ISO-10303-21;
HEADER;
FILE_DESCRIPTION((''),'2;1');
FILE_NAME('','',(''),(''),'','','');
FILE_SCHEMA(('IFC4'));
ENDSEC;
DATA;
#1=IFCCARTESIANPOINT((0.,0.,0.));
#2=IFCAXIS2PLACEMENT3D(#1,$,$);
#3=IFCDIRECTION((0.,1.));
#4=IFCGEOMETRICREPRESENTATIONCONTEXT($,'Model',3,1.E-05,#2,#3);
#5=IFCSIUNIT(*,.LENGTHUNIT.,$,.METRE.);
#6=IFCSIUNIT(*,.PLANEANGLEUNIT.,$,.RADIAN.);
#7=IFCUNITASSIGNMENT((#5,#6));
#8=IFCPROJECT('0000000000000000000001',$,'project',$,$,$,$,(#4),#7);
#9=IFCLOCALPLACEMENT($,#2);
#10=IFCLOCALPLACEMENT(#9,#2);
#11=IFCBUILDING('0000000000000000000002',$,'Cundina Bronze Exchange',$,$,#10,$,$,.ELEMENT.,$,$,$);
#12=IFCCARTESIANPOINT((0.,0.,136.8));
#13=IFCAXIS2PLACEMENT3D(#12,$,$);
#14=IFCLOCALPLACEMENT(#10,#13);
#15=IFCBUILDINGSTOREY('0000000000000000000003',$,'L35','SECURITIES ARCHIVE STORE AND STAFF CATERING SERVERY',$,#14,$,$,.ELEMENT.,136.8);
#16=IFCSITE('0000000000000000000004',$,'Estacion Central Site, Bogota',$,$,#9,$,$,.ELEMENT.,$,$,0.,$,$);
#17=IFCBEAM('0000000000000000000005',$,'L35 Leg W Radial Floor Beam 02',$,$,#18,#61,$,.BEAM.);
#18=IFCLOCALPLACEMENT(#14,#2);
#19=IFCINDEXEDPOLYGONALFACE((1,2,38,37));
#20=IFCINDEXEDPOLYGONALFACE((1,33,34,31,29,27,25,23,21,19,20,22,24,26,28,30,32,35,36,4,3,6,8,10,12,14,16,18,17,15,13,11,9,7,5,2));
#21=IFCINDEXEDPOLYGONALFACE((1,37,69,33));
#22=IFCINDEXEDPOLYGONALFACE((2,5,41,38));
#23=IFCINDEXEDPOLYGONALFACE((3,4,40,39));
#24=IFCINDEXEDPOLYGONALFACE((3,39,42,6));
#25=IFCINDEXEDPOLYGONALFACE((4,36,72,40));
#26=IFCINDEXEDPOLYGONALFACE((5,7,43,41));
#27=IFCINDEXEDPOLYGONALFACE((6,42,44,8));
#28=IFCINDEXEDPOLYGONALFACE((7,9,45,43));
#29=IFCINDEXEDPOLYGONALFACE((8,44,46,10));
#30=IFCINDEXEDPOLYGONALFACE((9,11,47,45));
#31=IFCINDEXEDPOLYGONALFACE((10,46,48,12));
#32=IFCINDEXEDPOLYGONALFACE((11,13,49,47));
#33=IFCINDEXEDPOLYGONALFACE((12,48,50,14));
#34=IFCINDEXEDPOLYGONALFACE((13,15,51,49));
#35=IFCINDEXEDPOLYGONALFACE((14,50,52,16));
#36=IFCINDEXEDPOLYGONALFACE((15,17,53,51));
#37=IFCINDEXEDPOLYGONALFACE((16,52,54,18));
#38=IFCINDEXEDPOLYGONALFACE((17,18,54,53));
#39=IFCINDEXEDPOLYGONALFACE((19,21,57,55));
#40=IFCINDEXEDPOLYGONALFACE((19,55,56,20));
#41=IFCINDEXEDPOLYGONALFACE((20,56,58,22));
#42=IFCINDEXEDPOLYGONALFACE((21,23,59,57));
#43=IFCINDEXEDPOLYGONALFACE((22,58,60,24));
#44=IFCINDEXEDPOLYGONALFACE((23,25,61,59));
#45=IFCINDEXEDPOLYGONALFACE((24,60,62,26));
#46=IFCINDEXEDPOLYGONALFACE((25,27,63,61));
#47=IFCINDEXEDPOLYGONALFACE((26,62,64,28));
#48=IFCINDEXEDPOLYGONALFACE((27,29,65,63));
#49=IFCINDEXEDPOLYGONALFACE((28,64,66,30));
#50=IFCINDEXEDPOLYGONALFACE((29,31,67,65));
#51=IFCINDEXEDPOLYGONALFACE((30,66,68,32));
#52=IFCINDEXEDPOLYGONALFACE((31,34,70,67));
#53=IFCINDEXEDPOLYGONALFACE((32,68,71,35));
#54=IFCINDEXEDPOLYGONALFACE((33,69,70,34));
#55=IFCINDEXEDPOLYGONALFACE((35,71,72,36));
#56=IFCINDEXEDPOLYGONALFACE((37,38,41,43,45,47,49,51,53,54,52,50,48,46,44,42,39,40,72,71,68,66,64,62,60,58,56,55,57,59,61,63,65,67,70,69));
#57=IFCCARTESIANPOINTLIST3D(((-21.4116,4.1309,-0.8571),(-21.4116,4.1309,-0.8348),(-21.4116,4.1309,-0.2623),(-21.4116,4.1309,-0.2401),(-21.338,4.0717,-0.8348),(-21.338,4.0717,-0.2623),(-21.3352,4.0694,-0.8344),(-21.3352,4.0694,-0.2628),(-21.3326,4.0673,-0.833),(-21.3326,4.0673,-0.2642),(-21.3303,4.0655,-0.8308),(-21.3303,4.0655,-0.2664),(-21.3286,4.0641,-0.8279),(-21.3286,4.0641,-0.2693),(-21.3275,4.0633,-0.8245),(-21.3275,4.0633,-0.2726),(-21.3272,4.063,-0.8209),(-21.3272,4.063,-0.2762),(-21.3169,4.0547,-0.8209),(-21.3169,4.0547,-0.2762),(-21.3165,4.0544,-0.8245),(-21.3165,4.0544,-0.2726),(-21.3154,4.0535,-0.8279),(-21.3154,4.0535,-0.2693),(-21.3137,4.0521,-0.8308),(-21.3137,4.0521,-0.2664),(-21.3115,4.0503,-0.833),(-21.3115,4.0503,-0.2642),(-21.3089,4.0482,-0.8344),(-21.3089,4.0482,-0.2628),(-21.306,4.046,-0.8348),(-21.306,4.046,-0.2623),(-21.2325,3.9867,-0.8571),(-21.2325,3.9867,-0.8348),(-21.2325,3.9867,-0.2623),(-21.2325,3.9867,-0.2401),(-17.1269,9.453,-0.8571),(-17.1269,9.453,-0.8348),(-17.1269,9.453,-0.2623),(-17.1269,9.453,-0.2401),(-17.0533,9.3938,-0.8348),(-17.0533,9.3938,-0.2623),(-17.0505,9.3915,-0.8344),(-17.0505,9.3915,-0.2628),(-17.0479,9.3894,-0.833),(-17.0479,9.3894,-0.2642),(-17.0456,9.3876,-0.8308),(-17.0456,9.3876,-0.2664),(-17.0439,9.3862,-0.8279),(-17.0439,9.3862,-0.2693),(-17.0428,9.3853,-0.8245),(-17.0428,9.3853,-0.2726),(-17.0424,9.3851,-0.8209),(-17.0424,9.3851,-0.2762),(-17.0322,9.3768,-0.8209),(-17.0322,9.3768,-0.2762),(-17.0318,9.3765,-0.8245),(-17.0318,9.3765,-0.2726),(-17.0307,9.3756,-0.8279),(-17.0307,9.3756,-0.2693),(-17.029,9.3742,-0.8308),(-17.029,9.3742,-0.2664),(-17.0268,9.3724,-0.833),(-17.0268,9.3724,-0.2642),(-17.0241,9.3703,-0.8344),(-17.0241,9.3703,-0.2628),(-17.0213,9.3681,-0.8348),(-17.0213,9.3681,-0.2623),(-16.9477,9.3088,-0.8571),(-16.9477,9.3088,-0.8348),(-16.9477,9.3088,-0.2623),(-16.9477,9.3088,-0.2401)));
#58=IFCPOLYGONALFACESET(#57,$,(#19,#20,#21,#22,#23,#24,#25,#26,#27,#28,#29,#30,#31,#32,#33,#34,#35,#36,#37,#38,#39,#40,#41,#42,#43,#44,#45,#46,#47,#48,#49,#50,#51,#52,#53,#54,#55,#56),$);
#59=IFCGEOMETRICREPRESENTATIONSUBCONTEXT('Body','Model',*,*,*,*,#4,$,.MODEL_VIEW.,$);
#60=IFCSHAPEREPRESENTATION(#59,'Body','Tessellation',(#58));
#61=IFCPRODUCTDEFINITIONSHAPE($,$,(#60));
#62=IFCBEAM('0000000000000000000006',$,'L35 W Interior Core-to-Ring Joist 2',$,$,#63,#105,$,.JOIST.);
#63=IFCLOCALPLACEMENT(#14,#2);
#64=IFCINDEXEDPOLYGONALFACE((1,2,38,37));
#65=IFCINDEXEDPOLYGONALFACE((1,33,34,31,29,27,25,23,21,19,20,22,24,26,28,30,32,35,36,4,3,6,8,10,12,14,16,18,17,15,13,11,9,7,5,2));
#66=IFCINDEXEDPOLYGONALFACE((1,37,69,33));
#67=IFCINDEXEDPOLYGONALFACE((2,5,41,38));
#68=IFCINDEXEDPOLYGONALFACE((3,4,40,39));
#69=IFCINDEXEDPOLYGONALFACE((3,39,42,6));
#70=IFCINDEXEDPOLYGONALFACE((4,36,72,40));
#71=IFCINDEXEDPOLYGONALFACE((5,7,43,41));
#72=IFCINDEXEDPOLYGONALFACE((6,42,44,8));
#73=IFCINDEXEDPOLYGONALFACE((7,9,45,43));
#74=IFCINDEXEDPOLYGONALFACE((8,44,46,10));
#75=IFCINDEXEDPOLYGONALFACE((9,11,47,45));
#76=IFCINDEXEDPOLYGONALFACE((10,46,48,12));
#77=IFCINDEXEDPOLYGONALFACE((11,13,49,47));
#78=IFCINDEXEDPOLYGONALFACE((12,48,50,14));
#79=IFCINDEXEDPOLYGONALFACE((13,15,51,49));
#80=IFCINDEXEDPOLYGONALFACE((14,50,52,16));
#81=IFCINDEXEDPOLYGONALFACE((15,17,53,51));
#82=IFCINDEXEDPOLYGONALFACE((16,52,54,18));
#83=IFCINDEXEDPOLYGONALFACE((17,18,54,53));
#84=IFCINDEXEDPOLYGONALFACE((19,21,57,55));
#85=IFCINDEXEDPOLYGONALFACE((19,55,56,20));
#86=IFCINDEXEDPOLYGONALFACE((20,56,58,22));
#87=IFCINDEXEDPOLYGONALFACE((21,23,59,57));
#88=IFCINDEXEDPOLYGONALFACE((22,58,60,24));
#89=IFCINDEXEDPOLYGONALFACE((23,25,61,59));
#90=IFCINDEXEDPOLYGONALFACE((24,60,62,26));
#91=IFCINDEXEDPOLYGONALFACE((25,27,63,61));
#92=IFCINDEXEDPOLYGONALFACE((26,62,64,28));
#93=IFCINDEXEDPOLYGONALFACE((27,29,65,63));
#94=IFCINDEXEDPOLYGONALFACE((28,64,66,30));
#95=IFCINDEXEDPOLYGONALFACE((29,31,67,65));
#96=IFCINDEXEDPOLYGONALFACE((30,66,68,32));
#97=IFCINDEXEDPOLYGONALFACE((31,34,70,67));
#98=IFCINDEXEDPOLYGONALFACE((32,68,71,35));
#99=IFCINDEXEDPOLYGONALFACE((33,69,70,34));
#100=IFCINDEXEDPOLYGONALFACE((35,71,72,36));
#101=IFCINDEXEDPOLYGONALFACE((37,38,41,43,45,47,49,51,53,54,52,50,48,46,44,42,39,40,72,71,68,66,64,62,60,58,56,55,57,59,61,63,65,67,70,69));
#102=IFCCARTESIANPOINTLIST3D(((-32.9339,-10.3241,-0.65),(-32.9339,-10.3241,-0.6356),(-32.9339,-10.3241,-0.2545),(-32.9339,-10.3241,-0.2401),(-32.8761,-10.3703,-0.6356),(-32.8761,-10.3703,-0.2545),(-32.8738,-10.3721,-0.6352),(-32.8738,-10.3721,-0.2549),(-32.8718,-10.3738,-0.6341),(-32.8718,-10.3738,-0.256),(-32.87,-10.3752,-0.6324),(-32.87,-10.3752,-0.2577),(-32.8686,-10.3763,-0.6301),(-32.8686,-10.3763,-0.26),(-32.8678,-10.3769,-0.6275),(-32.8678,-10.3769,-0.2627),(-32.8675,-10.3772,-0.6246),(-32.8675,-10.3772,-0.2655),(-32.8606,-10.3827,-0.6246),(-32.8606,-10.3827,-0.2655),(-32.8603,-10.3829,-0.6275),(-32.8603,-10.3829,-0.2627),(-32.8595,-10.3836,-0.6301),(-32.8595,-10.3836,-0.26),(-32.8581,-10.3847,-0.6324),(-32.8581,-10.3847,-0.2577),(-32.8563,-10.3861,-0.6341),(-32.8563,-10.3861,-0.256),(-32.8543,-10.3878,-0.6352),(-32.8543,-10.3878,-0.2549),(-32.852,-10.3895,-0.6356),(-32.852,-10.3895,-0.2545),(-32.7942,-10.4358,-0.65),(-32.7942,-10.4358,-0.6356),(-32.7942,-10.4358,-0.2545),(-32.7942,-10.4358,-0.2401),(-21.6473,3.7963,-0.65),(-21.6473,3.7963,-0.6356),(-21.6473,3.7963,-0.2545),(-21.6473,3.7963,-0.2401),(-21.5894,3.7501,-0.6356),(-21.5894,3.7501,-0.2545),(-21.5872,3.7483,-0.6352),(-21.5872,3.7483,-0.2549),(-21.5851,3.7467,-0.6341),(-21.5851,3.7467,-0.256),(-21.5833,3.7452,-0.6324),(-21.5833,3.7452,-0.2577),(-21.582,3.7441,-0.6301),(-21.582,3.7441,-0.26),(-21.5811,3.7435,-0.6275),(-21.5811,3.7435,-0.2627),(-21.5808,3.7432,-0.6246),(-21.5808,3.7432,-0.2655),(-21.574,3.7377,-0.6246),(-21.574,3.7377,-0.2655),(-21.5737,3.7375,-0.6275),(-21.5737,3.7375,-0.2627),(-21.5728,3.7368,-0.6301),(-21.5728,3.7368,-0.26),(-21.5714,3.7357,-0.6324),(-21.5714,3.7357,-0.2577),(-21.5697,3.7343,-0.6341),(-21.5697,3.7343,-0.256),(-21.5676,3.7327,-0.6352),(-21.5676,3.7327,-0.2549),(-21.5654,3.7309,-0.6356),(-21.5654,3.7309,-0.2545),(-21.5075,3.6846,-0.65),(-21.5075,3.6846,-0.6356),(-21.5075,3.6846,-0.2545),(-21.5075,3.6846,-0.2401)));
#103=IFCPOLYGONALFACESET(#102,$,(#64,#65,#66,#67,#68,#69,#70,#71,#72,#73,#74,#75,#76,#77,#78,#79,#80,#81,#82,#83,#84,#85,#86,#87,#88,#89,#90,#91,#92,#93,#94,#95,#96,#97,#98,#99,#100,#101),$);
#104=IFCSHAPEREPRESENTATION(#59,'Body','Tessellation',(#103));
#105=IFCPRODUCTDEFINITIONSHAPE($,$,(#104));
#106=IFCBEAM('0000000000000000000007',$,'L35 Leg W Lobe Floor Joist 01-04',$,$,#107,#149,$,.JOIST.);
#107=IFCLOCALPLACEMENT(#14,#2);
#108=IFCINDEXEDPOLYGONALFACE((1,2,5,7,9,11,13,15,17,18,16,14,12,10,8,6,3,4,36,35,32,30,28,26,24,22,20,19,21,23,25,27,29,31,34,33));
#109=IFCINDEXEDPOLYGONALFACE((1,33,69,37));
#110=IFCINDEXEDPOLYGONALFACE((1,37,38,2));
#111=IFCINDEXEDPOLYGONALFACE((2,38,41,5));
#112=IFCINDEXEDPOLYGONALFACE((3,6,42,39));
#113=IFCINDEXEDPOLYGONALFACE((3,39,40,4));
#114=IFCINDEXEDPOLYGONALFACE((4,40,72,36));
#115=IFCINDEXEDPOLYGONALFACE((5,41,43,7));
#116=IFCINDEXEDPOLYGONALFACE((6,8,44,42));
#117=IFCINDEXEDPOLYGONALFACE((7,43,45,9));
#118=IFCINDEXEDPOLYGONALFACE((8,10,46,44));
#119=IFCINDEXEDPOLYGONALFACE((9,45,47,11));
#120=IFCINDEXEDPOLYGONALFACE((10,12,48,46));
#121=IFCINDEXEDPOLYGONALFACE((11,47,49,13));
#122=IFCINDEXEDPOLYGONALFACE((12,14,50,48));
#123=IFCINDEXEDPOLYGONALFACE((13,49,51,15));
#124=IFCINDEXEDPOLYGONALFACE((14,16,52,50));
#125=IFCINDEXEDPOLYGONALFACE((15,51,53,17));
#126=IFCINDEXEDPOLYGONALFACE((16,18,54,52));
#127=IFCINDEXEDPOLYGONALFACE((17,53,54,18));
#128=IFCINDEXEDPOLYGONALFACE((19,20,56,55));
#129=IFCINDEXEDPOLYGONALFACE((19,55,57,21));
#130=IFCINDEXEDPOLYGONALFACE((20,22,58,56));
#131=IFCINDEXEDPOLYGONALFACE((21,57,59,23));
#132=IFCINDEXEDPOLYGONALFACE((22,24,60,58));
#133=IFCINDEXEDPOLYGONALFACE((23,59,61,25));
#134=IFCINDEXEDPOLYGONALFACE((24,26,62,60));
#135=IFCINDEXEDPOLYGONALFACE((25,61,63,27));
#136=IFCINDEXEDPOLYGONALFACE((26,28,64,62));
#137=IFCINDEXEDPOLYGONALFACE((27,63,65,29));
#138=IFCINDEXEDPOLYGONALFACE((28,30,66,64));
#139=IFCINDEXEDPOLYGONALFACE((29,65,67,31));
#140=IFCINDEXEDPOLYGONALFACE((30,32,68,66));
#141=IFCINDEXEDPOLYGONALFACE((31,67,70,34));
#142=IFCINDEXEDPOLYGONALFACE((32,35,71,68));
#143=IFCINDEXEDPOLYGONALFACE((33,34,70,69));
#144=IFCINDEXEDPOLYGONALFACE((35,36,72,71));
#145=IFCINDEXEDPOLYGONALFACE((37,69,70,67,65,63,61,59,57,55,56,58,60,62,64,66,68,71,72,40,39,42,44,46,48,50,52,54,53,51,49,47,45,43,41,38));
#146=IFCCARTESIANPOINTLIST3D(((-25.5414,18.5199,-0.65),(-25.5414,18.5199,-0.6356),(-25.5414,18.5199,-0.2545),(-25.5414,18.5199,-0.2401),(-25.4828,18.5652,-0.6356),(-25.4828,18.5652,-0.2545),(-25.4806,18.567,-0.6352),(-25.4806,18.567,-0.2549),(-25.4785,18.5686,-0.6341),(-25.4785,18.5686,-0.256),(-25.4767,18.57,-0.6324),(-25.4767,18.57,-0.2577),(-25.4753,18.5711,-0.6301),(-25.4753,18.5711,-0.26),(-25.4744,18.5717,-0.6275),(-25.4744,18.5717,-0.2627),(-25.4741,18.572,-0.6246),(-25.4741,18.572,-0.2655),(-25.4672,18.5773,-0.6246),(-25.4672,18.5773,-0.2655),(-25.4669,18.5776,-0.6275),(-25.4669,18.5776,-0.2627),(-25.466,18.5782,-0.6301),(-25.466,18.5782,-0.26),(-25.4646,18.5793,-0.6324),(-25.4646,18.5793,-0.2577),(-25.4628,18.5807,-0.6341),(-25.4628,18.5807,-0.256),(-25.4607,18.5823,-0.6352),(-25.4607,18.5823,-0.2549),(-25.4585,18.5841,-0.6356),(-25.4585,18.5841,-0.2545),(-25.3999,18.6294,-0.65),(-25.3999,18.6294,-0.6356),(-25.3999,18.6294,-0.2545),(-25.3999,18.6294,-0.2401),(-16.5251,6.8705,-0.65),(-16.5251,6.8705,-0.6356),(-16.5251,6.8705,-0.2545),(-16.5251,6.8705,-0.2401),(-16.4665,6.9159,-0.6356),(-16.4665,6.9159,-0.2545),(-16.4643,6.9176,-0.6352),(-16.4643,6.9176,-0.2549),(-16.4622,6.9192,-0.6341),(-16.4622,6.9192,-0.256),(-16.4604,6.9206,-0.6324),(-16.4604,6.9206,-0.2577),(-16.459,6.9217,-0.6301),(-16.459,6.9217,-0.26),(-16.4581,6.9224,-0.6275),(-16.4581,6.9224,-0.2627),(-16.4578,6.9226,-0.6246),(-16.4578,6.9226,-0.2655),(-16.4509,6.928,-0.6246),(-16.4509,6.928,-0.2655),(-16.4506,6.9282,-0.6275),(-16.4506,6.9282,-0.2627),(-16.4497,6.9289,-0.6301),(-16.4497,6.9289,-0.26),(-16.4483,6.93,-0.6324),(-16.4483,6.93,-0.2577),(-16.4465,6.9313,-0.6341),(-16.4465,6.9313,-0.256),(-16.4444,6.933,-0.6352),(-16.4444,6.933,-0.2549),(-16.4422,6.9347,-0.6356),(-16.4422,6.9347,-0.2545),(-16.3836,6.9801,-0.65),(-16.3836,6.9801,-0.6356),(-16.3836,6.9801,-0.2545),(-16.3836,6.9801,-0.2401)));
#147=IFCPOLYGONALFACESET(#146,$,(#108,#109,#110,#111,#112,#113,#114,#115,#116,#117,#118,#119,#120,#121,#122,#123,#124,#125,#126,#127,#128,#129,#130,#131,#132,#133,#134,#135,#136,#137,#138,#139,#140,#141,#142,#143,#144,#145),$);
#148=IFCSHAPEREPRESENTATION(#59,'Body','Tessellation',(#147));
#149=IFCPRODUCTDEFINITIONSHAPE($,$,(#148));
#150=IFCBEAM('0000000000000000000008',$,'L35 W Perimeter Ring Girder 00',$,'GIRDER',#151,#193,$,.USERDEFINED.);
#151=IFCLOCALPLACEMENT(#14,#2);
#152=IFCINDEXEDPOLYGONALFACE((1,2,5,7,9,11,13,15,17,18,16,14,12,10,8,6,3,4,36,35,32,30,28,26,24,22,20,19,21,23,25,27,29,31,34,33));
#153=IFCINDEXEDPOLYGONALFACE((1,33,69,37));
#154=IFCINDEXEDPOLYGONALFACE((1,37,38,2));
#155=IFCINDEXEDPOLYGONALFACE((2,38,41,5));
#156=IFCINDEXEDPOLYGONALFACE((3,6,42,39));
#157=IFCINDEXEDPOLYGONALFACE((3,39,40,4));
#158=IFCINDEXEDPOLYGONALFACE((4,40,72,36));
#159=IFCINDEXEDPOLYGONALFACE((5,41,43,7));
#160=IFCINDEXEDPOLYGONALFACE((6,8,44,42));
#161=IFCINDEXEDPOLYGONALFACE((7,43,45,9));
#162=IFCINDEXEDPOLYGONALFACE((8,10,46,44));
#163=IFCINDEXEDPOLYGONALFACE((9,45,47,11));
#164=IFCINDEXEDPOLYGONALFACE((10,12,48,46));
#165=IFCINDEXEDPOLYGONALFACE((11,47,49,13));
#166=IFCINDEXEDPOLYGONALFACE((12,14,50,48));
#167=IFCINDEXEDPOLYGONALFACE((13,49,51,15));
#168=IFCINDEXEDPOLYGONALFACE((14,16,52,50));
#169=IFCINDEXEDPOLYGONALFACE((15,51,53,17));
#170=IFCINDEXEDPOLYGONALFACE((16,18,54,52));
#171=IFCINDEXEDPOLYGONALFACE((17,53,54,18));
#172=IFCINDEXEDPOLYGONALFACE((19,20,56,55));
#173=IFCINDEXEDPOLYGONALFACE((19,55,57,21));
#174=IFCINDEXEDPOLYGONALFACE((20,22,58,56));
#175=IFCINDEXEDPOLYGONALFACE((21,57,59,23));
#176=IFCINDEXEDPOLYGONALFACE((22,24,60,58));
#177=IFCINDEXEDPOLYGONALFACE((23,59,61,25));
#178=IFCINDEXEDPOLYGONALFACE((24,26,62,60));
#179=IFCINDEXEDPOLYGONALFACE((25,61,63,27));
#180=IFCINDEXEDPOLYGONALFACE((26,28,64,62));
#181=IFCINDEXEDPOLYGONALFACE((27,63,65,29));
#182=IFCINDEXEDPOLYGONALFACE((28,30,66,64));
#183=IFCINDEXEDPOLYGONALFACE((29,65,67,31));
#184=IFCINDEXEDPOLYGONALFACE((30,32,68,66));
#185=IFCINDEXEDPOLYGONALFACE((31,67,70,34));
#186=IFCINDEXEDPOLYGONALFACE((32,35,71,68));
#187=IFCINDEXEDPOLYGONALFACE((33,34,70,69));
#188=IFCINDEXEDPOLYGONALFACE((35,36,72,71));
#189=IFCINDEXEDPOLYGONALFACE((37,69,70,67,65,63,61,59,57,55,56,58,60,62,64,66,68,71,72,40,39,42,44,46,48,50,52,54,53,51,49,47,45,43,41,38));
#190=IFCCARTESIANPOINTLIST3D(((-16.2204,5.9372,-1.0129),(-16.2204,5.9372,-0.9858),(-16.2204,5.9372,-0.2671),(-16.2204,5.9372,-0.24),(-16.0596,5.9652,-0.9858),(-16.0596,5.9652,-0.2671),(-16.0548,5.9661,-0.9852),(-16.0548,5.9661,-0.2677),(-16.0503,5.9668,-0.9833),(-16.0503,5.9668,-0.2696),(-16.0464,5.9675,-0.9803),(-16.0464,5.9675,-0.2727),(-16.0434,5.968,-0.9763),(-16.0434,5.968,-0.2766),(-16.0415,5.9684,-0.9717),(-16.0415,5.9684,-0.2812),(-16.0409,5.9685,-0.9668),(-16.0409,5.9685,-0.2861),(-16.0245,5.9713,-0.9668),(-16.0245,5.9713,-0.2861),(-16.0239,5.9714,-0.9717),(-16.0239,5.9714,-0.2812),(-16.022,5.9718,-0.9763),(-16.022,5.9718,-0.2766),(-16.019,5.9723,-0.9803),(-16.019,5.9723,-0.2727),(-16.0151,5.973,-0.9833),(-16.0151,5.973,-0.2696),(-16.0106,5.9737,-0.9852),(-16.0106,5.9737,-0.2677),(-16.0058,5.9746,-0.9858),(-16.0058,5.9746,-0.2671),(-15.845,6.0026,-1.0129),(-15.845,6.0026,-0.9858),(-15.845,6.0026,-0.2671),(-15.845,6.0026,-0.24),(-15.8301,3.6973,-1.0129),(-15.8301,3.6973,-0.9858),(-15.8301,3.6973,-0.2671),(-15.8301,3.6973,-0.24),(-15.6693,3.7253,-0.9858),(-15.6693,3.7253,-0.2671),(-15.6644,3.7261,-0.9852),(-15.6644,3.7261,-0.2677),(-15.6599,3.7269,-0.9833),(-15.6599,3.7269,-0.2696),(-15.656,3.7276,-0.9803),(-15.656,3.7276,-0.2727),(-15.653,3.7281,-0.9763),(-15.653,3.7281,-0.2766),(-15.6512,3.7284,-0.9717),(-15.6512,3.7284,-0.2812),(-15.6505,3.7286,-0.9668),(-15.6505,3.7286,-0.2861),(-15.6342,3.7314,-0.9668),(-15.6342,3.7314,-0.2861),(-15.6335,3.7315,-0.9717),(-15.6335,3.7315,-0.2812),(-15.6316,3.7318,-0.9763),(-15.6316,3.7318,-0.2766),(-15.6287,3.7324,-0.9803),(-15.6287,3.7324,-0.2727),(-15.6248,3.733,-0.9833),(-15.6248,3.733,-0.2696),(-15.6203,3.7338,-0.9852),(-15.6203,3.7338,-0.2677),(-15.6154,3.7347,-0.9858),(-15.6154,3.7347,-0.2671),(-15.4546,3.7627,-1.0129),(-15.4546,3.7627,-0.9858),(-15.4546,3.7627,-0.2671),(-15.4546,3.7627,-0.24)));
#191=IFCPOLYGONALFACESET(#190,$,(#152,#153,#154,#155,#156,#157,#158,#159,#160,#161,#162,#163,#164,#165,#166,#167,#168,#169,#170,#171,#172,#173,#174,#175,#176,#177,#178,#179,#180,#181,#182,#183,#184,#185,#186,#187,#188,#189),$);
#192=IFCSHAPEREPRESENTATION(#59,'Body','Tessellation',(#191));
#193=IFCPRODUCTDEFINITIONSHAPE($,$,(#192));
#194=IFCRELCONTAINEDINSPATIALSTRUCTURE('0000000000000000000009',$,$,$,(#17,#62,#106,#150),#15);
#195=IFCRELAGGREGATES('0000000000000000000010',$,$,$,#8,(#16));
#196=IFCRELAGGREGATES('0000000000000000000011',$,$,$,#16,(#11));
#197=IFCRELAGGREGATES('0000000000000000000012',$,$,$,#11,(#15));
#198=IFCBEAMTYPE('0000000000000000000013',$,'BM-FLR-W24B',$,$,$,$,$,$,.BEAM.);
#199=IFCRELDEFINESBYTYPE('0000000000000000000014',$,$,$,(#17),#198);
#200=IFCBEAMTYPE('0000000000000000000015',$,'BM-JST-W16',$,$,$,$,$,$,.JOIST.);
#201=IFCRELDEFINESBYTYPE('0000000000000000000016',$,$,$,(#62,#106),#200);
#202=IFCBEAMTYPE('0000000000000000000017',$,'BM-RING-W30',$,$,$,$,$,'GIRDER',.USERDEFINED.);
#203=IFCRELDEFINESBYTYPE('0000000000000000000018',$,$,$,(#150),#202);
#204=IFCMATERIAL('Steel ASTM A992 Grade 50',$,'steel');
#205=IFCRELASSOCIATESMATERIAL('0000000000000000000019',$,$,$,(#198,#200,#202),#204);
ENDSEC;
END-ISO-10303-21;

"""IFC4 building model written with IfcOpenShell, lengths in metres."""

from ifc_helpers import new_model, si_unit, direction, frame, origin, origin_2d, place, context, subcontext, project, spatial, i_section, extrude, material, material_profile, profile_set, type_object, element, save


model = new_model("IFC4")

# Units and contexts
model_context = context("Model", 3, precision=1e-05, world=origin(), true_north=direction((0.0, 1.0)))
body_context = subcontext(model_context, "Body", "Model", "MODEL_VIEW")
ifc_project = project(units=[si_unit("LENGTHUNIT", "METRE"), si_unit("PLANEANGLEUNIT", "RADIAN")], contexts=[model_context])

# Site, building, storey
site_placement = place(None, origin())
site = spatial("IfcSite", under=ifc_project, at=site_placement, Name="Estacion Central Site, Bogota", CompositionType="ELEMENT", RefElevation=0.0)
building_placement = place(site_placement, origin())
building = spatial("IfcBuilding", under=site, at=building_placement, Name="Cundina Bronze Exchange", CompositionType="ELEMENT")
storey_placement = place(building_placement, frame((0.0, 0.0, 136.8)))
storey = spatial("IfcBuildingStorey", under=building, at=storey_placement, Name="L35", Description="SECURITIES ARCHIVE STORE AND STAFF CATERING SERVERY", CompositionType="ELEMENT", Elevation=136.8)

# Shared definitions
ifc_material_1 = material(Name="Steel ASTM A992 Grade 50", Category="steel")

# Beams
ifc_material_profile_1 = material_profile(ifc_material_1, i_section(OverallWidth=0.23, OverallDepth=0.6169, WebThickness=0.0132, FlangeThickness=0.0222, FilletRadius=0.0139, at=origin_2d()), Name="W24X94", Category="steel")
ifc_profile_set_1 = profile_set([ifc_material_profile_1], Name="Steel ASTM A992 Grade 50")
beam_type_1 = type_object("IfcBeamType", Name="BM-FLR-W24B", PredefinedType="BEAM", material=ifc_profile_set_1)
beam_1_placement = place(storey_placement, frame((-21.322, 4.0588, -0.5486), z_axis=(0.627106, 0.778934, 0.0), x_axis=(-0.778934, 0.627106, 0.0)))
element("IfcBeam", 1, at=beam_1_placement, inside=storey, type_object=beam_type_1, Name="L35 Leg W Radial Floor Beam 02", PredefinedType="BEAM", context=body_context, shape_type="SweptSolid", body=[
    extrude(i_section(OverallWidth=0.23, OverallDepth=0.6169, WebThickness=0.0132, FlangeThickness=0.0222, FilletRadius=0.0139, at=origin_2d()), origin(), (0.0, 0.0, 1.0), 6.8325),
])
ifc_material_profile_2 = material_profile(ifc_material_1, i_section(OverallWidth=0.179, OverallDepth=0.4099, WebThickness=0.0088, FlangeThickness=0.0144, FilletRadius=0.011, at=origin_2d()), Name="W16X45", Category="steel")
ifc_profile_set_2 = profile_set([ifc_material_profile_2], Name="Steel ASTM A992 Grade 50")
beam_type_2 = type_object("IfcBeamType", Name="BM-JST-W16", PredefinedType="JOIST", material=ifc_profile_set_2)
beam_2_placement = place(storey_placement, frame((-21.5774, 3.7405, -0.4451), z_axis=(-0.624369, -0.78113, 0.0), x_axis=(0.78113, -0.624369, 0.0)))
element("IfcBeam", 2, at=beam_2_placement, inside=storey, type_object=beam_type_2, Name="L35 W Interior Core-to-Ring Joist 2", PredefinedType="JOIST", context=body_context, shape_type="SweptSolid", body=[
    extrude(i_section(OverallWidth=0.179, OverallDepth=0.4099, WebThickness=0.0088, FlangeThickness=0.0144, FilletRadius=0.011, at=origin_2d()), origin(), (0.0, 0.0, 1.0), 18.0769),
])
beam_3_placement = place(storey_placement, frame((-16.4543, 6.9253, -0.4451), z_axis=(-0.612065, 0.790807, 0.0), x_axis=(-0.790807, -0.612065, 0.0)))
element("IfcBeam", 3, at=beam_3_placement, inside=storey, type_object=beam_type_2, Name="L35 Leg W Lobe Floor Joist 01-04", PredefinedType="JOIST", context=body_context, shape_type="SweptSolid", body=[
    extrude(i_section(OverallWidth=0.179, OverallDepth=0.4099, WebThickness=0.0088, FlangeThickness=0.0144, FilletRadius=0.011, at=origin_2d()), origin(), (0.0, 0.0, 1.0), 14.731),
])
ifc_material_profile_3 = material_profile(ifc_material_1, i_section(OverallWidth=0.3811, OverallDepth=0.7729, WebThickness=0.0166, FlangeThickness=0.0271, FilletRadius=0.019, at=origin_2d()), Name="W30X173", Category="steel")
ifc_profile_set_3 = profile_set([ifc_material_profile_3], Name="Steel ASTM A992 Grade 50")
beam_type_3 = type_object("IfcBeamType", Name="BM-RING-W30", ElementType="GIRDER", PredefinedType="USERDEFINED", material=ifc_profile_set_3)
beam_4_placement = place(storey_placement, frame((-15.6423, 3.73, -0.6265), z_axis=(-0.17169, 0.985151, 0.0), x_axis=(-0.985151, -0.17169, 0.0)))
element("IfcBeam", 4, at=beam_4_placement, inside=storey, type_object=beam_type_3, Name="L35 W Perimeter Ring Girder 00", ObjectType="GIRDER", PredefinedType="USERDEFINED", context=body_context, shape_type="SweptSolid", body=[
    extrude(i_section(OverallWidth=0.3811, OverallDepth=0.7729, WebThickness=0.0166, FlangeThickness=0.0271, FilletRadius=0.019, at=origin_2d()), origin(), (0.0, 0.0, 1.0), 2.2737),
])

save(model, "model.ifc")
